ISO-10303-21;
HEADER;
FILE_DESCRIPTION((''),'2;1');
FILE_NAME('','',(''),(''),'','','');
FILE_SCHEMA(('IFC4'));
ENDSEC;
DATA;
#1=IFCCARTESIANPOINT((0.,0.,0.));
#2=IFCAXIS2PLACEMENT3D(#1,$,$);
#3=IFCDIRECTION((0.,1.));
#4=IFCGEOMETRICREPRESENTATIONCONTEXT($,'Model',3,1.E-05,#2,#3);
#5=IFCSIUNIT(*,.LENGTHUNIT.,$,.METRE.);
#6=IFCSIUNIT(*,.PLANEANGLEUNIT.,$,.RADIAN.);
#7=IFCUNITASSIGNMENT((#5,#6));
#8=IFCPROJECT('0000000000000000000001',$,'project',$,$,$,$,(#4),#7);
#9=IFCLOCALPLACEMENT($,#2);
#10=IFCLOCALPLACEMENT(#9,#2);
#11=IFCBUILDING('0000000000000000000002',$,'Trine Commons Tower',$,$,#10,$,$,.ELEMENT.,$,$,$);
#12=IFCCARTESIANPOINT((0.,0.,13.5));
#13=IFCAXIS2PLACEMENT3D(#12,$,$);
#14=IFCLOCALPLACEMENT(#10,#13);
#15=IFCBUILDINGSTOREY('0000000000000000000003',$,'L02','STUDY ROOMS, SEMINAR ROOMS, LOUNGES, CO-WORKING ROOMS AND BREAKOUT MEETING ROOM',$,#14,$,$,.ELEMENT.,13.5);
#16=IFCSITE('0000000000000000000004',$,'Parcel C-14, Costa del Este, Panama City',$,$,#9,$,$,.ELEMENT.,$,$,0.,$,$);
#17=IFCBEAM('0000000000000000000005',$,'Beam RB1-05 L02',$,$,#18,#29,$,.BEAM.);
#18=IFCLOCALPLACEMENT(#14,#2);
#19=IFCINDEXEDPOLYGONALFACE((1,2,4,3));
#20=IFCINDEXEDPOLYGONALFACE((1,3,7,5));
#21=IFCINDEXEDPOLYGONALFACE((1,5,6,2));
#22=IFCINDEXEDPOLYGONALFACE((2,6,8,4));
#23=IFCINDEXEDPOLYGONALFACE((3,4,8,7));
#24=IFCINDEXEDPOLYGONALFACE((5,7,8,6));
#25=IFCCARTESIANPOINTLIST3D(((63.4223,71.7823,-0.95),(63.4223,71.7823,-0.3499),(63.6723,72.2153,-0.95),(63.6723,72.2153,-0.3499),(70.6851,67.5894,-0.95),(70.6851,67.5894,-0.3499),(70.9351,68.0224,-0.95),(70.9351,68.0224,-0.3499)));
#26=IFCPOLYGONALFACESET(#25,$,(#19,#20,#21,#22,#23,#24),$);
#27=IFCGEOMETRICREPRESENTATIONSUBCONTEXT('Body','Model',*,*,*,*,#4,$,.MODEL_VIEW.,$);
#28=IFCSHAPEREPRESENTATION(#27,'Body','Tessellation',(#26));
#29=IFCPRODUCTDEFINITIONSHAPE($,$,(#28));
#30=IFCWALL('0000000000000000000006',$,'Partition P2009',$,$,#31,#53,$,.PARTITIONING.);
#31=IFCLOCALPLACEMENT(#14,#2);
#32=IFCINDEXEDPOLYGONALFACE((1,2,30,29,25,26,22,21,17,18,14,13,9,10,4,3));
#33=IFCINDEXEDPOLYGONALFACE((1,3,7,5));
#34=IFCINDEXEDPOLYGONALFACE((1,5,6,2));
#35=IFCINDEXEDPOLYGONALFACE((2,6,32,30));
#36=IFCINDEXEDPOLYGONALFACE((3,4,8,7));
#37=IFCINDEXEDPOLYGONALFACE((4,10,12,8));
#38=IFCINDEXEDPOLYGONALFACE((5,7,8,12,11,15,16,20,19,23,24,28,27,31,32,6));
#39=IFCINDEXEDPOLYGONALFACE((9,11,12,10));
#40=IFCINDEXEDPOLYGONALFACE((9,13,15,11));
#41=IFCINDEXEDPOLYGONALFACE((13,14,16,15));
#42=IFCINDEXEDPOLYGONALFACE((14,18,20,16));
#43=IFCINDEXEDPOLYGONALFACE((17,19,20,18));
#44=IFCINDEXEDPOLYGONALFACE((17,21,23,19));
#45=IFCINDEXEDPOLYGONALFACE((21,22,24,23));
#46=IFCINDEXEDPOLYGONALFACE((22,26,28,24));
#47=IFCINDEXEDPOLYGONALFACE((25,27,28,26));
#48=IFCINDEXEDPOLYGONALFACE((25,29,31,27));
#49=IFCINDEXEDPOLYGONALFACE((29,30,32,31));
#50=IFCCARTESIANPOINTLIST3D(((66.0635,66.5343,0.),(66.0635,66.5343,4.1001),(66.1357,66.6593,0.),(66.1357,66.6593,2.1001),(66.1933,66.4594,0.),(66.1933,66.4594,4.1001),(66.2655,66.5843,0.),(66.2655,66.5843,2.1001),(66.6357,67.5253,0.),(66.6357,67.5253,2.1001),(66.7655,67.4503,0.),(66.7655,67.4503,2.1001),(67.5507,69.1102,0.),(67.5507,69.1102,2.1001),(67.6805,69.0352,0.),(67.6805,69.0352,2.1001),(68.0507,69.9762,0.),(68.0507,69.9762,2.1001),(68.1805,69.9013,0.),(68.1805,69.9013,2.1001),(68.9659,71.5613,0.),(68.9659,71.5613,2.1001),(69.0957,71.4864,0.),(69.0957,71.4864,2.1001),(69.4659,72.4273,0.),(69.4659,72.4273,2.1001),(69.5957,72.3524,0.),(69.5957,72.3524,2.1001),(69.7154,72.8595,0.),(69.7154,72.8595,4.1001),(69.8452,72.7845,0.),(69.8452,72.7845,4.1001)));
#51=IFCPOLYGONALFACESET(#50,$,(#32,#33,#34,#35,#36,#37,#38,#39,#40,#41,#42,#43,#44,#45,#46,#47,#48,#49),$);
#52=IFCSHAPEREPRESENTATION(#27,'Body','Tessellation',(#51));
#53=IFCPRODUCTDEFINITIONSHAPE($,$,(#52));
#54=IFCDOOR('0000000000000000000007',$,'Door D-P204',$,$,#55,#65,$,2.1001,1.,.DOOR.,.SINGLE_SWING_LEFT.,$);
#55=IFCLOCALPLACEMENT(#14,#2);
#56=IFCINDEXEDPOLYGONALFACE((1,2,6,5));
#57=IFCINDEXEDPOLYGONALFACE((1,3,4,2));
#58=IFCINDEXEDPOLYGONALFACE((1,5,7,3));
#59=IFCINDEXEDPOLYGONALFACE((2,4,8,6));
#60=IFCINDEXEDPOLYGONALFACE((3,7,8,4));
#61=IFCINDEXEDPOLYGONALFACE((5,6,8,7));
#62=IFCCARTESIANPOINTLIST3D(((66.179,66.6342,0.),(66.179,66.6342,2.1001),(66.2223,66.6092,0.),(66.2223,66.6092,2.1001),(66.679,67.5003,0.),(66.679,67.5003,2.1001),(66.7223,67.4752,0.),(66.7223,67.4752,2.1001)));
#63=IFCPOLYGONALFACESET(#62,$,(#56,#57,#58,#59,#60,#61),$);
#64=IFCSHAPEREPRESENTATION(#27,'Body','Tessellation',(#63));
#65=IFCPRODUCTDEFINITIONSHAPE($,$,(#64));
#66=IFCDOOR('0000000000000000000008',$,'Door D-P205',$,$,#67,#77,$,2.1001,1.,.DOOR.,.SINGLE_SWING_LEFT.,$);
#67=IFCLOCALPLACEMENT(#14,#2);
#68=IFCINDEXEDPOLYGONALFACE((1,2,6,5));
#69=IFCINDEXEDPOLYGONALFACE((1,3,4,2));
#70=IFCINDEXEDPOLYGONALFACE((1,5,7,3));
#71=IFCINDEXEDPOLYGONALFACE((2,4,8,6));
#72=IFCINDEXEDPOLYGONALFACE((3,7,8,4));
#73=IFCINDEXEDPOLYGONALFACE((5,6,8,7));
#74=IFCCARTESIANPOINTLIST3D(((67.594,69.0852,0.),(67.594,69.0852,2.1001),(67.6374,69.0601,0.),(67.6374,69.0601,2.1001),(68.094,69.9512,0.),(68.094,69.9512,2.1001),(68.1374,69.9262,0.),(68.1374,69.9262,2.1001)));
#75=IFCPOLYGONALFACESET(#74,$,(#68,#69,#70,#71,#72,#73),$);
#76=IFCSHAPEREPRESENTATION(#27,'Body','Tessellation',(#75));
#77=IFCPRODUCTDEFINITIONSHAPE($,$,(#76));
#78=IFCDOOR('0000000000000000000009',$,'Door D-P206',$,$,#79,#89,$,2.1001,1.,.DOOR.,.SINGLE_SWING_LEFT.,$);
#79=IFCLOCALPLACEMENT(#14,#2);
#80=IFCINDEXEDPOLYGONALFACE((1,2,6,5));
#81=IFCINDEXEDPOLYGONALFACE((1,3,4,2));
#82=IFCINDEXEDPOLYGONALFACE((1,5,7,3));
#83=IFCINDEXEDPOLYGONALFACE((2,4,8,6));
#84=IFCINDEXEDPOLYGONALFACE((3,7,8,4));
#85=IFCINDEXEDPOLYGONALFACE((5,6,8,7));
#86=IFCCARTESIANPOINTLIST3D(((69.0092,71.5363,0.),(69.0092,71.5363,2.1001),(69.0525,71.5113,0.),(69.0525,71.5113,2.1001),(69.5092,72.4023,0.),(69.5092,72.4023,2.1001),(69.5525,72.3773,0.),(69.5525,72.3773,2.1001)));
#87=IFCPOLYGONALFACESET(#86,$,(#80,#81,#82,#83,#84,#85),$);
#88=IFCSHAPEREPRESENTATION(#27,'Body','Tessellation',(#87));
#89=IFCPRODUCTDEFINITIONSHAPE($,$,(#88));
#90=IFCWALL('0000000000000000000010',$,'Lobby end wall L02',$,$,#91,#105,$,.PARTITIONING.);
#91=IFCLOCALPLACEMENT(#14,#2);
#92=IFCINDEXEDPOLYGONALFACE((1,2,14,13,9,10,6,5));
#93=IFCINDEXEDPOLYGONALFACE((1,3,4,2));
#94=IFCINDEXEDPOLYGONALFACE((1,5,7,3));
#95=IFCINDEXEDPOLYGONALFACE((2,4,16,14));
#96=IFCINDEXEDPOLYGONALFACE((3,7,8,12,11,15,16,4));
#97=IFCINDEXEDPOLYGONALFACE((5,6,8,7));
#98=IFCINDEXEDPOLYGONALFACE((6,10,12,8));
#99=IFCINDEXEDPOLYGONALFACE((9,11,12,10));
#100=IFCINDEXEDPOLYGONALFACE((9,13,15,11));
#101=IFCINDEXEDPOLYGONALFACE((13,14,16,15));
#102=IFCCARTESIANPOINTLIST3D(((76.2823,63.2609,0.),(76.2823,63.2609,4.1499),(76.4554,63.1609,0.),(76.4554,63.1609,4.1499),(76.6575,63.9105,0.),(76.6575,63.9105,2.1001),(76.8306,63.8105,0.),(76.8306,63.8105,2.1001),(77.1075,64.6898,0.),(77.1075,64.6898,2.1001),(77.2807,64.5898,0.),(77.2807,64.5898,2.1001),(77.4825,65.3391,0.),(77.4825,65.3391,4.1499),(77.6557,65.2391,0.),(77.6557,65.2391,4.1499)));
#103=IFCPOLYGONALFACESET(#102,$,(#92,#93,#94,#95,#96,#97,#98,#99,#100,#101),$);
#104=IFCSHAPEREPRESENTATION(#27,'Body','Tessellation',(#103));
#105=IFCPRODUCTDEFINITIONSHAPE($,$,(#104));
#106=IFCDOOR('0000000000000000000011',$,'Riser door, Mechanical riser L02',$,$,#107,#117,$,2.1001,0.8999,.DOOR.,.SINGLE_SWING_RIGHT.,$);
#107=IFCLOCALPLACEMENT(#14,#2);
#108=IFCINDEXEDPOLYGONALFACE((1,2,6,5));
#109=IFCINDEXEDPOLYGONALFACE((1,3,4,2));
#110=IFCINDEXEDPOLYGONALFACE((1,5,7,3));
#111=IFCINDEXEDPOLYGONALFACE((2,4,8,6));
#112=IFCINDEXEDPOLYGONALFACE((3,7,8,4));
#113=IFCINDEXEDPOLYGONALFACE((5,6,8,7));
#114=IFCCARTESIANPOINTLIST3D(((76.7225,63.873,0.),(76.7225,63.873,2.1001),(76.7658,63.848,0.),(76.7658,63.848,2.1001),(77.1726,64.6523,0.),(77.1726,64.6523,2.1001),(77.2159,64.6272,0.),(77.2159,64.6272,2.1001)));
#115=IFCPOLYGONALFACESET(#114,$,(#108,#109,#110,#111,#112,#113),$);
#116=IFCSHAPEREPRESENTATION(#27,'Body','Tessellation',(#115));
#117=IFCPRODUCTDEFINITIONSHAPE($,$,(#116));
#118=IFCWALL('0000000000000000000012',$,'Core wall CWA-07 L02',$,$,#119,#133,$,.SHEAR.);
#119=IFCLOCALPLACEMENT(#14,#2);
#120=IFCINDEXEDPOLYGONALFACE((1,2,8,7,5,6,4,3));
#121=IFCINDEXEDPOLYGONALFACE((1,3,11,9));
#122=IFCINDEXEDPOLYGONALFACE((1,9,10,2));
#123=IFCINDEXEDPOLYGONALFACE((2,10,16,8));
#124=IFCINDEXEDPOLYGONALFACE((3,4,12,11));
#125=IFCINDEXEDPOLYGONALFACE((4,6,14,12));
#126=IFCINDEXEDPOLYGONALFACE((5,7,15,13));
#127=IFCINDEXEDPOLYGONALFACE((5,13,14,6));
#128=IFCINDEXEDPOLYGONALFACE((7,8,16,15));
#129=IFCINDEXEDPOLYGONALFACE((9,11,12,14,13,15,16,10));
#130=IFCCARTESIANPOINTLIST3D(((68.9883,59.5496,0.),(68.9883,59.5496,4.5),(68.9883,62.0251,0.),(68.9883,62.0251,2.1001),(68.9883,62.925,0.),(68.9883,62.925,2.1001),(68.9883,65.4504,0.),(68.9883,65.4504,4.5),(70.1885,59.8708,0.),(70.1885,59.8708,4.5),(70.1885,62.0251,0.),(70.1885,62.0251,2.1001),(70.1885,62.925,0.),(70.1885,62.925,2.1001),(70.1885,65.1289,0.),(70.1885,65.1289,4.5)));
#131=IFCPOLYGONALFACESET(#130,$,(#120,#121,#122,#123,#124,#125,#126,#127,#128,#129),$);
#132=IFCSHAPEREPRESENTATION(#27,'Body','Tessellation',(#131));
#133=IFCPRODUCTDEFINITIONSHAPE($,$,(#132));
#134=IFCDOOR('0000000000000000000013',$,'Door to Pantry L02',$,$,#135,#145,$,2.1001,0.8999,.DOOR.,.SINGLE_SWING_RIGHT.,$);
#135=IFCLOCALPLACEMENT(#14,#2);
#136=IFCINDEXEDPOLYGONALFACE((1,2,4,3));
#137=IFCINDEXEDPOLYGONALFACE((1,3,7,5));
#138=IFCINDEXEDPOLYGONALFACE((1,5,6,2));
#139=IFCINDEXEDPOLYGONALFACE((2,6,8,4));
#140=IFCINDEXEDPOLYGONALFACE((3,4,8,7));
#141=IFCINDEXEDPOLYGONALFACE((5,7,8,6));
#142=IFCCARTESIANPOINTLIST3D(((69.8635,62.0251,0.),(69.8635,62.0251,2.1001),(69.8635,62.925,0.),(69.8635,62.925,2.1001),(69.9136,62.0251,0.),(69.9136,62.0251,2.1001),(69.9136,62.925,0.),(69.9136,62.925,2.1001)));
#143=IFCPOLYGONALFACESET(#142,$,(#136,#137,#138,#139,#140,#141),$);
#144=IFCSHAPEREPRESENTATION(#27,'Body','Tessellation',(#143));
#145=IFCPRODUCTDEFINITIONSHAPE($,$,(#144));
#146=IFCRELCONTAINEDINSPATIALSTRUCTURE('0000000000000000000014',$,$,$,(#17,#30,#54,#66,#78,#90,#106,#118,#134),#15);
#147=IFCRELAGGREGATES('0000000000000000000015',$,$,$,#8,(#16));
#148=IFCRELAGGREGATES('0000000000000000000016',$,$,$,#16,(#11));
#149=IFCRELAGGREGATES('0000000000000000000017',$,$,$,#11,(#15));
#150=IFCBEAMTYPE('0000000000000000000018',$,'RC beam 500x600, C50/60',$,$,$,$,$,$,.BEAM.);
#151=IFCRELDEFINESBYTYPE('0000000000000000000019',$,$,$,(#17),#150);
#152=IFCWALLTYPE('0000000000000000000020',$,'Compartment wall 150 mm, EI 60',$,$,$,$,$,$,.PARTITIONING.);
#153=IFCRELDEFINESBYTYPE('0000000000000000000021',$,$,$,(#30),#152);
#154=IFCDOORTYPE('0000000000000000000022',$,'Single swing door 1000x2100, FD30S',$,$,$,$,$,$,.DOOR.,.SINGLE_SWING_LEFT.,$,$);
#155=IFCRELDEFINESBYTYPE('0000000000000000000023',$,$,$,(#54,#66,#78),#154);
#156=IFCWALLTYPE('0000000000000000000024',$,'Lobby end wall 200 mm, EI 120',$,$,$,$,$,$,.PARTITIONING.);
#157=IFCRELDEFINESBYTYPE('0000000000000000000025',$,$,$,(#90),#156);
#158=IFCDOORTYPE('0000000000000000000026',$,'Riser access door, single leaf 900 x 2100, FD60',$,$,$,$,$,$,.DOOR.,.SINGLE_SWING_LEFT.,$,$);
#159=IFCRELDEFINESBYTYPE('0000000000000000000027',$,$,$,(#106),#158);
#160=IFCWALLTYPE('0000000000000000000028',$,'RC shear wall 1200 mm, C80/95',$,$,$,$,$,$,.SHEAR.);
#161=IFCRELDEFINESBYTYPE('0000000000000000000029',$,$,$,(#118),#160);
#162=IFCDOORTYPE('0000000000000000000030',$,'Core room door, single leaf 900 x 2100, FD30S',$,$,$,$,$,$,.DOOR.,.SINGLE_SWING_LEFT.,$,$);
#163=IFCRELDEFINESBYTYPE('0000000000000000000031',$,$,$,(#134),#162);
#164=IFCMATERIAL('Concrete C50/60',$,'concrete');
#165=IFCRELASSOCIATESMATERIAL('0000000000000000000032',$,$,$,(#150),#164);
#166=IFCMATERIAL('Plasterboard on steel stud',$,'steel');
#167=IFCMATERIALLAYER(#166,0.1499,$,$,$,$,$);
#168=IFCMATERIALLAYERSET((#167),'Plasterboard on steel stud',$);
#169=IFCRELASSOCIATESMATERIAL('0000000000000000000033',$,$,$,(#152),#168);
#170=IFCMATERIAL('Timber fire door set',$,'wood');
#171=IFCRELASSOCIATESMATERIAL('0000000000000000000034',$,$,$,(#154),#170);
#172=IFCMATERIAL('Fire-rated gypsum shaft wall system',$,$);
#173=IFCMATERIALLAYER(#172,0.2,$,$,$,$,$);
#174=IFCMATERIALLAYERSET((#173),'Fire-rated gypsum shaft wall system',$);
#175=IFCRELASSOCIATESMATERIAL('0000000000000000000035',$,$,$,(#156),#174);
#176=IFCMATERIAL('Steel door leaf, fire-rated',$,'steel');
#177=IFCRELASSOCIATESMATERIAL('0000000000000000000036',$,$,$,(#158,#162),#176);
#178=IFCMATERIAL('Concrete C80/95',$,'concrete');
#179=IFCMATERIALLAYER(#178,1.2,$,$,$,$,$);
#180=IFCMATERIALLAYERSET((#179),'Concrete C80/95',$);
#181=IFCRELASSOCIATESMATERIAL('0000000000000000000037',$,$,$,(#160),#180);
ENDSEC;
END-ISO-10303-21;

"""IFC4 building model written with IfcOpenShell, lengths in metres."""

from ifc_helpers import new_model, si_unit, direction, frame, frame_2d, origin, origin_2d, place, context, subcontext, project, spatial, polyline, rectangle, outline, extrude, material, layer, layer_set, material_profile, profile_set, type_object, element, fill, save


model = new_model("IFC4")

# Units and contexts
model_context = context("Model", 3, precision=1e-05, world=origin(), true_north=direction((0.0, 1.0)))
body_context = subcontext(model_context, "Body", "Model", "MODEL_VIEW")
ifc_project = project(units=[si_unit("LENGTHUNIT", "METRE"), si_unit("PLANEANGLEUNIT", "RADIAN")], contexts=[model_context])

# Site, building, storey
site_placement = place(None, origin())
site = spatial("IfcSite", under=ifc_project, at=site_placement, Name="Parcel C-14, Costa del Este, Panama City", CompositionType="ELEMENT", RefElevation=0.0)
building_placement = place(site_placement, origin())
building = spatial("IfcBuilding", under=site, at=building_placement, Name="Trine Commons Tower", CompositionType="ELEMENT")
storey_placement = place(building_placement, frame((0.0, 0.0, 13.5)))
storey = spatial("IfcBuildingStorey", under=building, at=storey_placement, Name="L02", Description="STUDY ROOMS, SEMINAR ROOMS, LOUNGES, CO-WORKING ROOMS AND BREAKOUT MEETING ROOM", CompositionType="ELEMENT", Elevation=13.5)

# Beam
ifc_material_1 = material(Name="Concrete C50/60", Category="concrete")
ifc_material_profile = material_profile(ifc_material_1, rectangle(XDim=0.5, YDim=0.6001, at=origin_2d()), Name="RC 500x600")
ifc_profile_set = profile_set([ifc_material_profile], Name="Concrete C50/60")
beam_type = type_object("IfcBeamType", Name="RC beam 500x600, C50/60", PredefinedType="BEAM", material=ifc_profile_set)
beam_placement = place(storey_placement, frame((70.8101, 67.8059, -0.6499), z_axis=(-0.866038, 0.499978, 0.0), x_axis=(-0.499978, -0.866038, 0.0)))
element("IfcBeam", 1, at=beam_placement, inside=storey, type_object=beam_type, Name="Beam RB1-05 L02", PredefinedType="BEAM", context=body_context, shape_type="SweptSolid", body=[
    extrude(rectangle(XDim=0.5, YDim=0.6001, at=origin_2d()), origin(), (0.0, 0.0, 1.0), 8.3862),
])

# Wall, openings, doors
ifc_material_2 = material(Name="Plasterboard on steel stud", Category="steel")
ifc_layer_1 = layer(ifc_material_2, 0.1499)
ifc_layer_set_1 = layer_set([ifc_layer_1], Name="Plasterboard on steel stud")
wall_type_1 = type_object("IfcWallType", Name="Compartment wall 150 mm, EI 60", PredefinedType="PARTITIONING", material=ifc_layer_set_1)
wall_1_placement = place(storey_placement, frame((66.1284, 66.4968, 0.0), z_axis=(0.0, 0.0, 1.0), x_axis=(0.5, 0.866025, 0.0)))
wall_1 = element("IfcWall", 2, at=wall_1_placement, inside=storey, type_object=wall_type_1, Name="Partition P2009", PredefinedType="PARTITIONING", context=body_context, shape_type="SweptSolid", body=[
    extrude(rectangle(XDim=7.3037, YDim=0.1499, at=frame_2d((3.6519, 0.0))), origin(), (0.0, 0.0, 1.0), 4.1001),
])
opening_1_placement = place(wall_1_placement, frame((0.1443, 0.0, 0.0)))
opening_1 = element("IfcOpeningElement", 3, at=opening_1_placement, cuts=wall_1, PredefinedType="OPENING", context=body_context, shape_type="SweptSolid", body=[
    extrude(rectangle(XDim=1.0, YDim=2.1001, at=frame_2d((0.5, 1.05))), frame((0.0, 0.085, 0.0), z_axis=(0.0, -1.0, 0.0), x_axis=(1.0, 0.0, 0.0)), (0.0, 0.0, 1.0), 0.1699),
])
opening_2_placement = place(wall_1_placement, frame((2.9744, 0.0, 0.0)))
opening_2 = element("IfcOpeningElement", 4, at=opening_2_placement, cuts=wall_1, PredefinedType="OPENING", context=body_context, shape_type="SweptSolid", body=[
    extrude(rectangle(XDim=1.0, YDim=2.1001, at=frame_2d((0.5, 1.05))), frame((0.0, 0.085, 0.0), z_axis=(0.0, -1.0, 0.0), x_axis=(1.0, 0.0, 0.0)), (0.0, 0.0, 1.0), 0.1699),
])
opening_3_placement = place(wall_1_placement, frame((5.8047, 0.0, 0.0)))
opening_3 = element("IfcOpeningElement", 5, at=opening_3_placement, cuts=wall_1, PredefinedType="OPENING", context=body_context, shape_type="SweptSolid", body=[
    extrude(rectangle(XDim=1.0, YDim=2.1001, at=frame_2d((0.5, 1.05))), frame((0.0, 0.085, 0.0), z_axis=(0.0, -1.0, 0.0), x_axis=(1.0, 0.0, 0.0)), (0.0, 0.0, 1.0), 0.1699),
])
ifc_material_3 = material(Name="Timber fire door set", Category="wood")
door_type_1 = type_object("IfcDoorType", Name="Single swing door 1000x2100, FD30S", OperationType="SINGLE_SWING_LEFT", PredefinedType="DOOR", material=ifc_material_3)
door_1_placement = place(opening_1_placement, origin())
door_1 = element("IfcDoor", 6, at=door_1_placement, inside=storey, type_object=door_type_1, Name="Door D-P204", OperationType="SINGLE_SWING_LEFT", OverallHeight=2.1001, OverallWidth=1.0, PredefinedType="DOOR", context=body_context, shape_type="SweptSolid", body=[
    extrude(rectangle(XDim=1.0, YDim=2.1001, at=frame_2d((0.5, 1.05))), frame((0.0, 0.0249, 0.0), z_axis=(0.0, -1.0, 0.0), x_axis=(1.0, 0.0, 0.0)), (0.0, 0.0, 1.0), 0.05),
])
fill(opening_1, door_1)
door_2_placement = place(opening_2_placement, origin())
door_2 = element("IfcDoor", 7, at=door_2_placement, inside=storey, type_object=door_type_1, Name="Door D-P205", OperationType="SINGLE_SWING_LEFT", OverallHeight=2.1001, OverallWidth=1.0, PredefinedType="DOOR", context=body_context, shape_type="SweptSolid", body=[
    extrude(rectangle(XDim=1.0, YDim=2.1001, at=frame_2d((0.5, 1.05))), frame((0.0, 0.0249, 0.0), z_axis=(0.0, -1.0, 0.0), x_axis=(1.0, 0.0, 0.0)), (0.0, 0.0, 1.0), 0.05),
])
fill(opening_2, door_2)
door_3_placement = place(opening_3_placement, origin())
door_3 = element("IfcDoor", 8, at=door_3_placement, inside=storey, type_object=door_type_1, Name="Door D-P206", OperationType="SINGLE_SWING_LEFT", OverallHeight=2.1001, OverallWidth=1.0, PredefinedType="DOOR", context=body_context, shape_type="SweptSolid", body=[
    extrude(rectangle(XDim=1.0, YDim=2.1001, at=frame_2d((0.5, 1.05))), frame((0.0, 0.0249, 0.0), z_axis=(0.0, -1.0, 0.0), x_axis=(1.0, 0.0, 0.0)), (0.0, 0.0, 1.0), 0.05),
])
fill(opening_3, door_3)

# Walls, openings, doors
ifc_material_4 = material(Name="Fire-rated gypsum shaft wall system")
ifc_layer_2 = layer(ifc_material_4, 0.2)
ifc_layer_set_2 = layer_set([ifc_layer_2], Name="Fire-rated gypsum shaft wall system")
wall_type_2 = type_object("IfcWallType", Name="Lobby end wall 200 mm, EI 120", PredefinedType="PARTITIONING", material=ifc_layer_set_2)
wall_2_placement = place(storey_placement, frame((77.5691, 65.2891, 0.0), z_axis=(0.0, 0.0, 1.0), x_axis=(-0.500122, -0.865955, 0.0)))
wall_2 = element("IfcWall", 9, at=wall_2_placement, inside=storey, type_object=wall_type_2, Name="Lobby end wall L02", PredefinedType="PARTITIONING", context=body_context, shape_type="SweptSolid", body=[
    extrude(rectangle(XDim=2.3999, YDim=0.2, at=frame_2d((1.2, 0.0))), origin(), (0.0, 0.0, 1.0), 4.1499),
])
opening_4_placement = place(wall_2_placement, frame((0.7498, 0.0, 0.0)))
opening_4 = element("IfcOpeningElement", 10, at=opening_4_placement, cuts=wall_2, PredefinedType="OPENING", context=body_context, shape_type="SweptSolid", body=[
    extrude(rectangle(XDim=0.8999, YDim=2.1001, at=frame_2d((0.45, 1.05))), frame((0.0, 0.1099, 0.0), z_axis=(0.0, -1.0, 0.0), x_axis=(1.0, 0.0, 0.0)), (0.0, 0.0, 1.0), 0.22),
])
ifc_material_5 = material(Name="Steel door leaf, fire-rated", Category="steel")
door_type_2 = type_object("IfcDoorType", Name="Riser access door, single leaf 900 x 2100, FD60", OperationType="SINGLE_SWING_LEFT", PredefinedType="DOOR", material=ifc_material_5)
door_4_placement = place(opening_4_placement, frame((0.8999, 0.0, 0.0), z_axis=(0.0, 0.0, 1.0), x_axis=(-1.0, 0.0, 0.0)))
door_4 = element("IfcDoor", 11, at=door_4_placement, inside=storey, type_object=door_type_2, Name="Riser door, Mechanical riser L02", OperationType="SINGLE_SWING_RIGHT", OverallHeight=2.1001, OverallWidth=0.8999, PredefinedType="DOOR", context=body_context, shape_type="SweptSolid", body=[
    extrude(rectangle(XDim=0.8999, YDim=2.1001, at=frame_2d((0.45, 1.05))), frame((0.0, 0.0249, 0.0), z_axis=(0.0, -1.0, 0.0), x_axis=(1.0, 0.0, 0.0)), (0.0, 0.0, 1.0), 0.05),
])
fill(opening_4, door_4)
ifc_material_6 = material(Name="Concrete C80/95", Category="concrete")
ifc_layer_3 = layer(ifc_material_6, 1.2)
ifc_layer_set_3 = layer_set([ifc_layer_3], Name="Concrete C80/95")
wall_type_3 = type_object("IfcWallType", Name="RC shear wall 1200 mm, C80/95", PredefinedType="SHEAR", material=ifc_layer_set_3)
wall_3_placement = place(storey_placement, frame((69.5884, 65.4504, 0.0), z_axis=(0.0, 0.0, 1.0), x_axis=(0.0, -1.0, 0.0)))
wall_3 = element("IfcWall", 12, at=wall_3_placement, inside=storey, type_object=wall_type_3, Name="Core wall CWA-07 L02", PredefinedType="SHEAR", context=body_context, shape_type="SweptSolid", body=[
    extrude(outline(polyline([(0.0, -0.6001), (5.9009, -0.6001), (5.5796, 0.6001), (0.3215, 0.6001), (0.0, -0.6001)])), origin(), (0.0, 0.0, 1.0), 4.5),
])
opening_5_placement = place(wall_3_placement, frame((2.5254, 0.0, 0.0)))
opening_5 = element("IfcOpeningElement", 13, at=opening_5_placement, cuts=wall_3, PredefinedType="OPENING", context=body_context, shape_type="SweptSolid", body=[
    extrude(rectangle(XDim=0.8999, YDim=2.1001, at=frame_2d((0.45, 1.05))), frame((0.0, 0.6099, 0.0), z_axis=(0.0, -1.0, 0.0), x_axis=(1.0, 0.0, 0.0)), (0.0, 0.0, 1.0), 1.22),
])
door_type_3 = type_object("IfcDoorType", Name="Core room door, single leaf 900 x 2100, FD30S", OperationType="SINGLE_SWING_LEFT", PredefinedType="DOOR", material=ifc_material_5)
door_5_placement = place(opening_5_placement, origin())
door_5 = element("IfcDoor", 14, at=door_5_placement, inside=storey, type_object=door_type_3, Name="Door to Pantry L02", OperationType="SINGLE_SWING_RIGHT", OverallHeight=2.1001, OverallWidth=0.8999, PredefinedType="DOOR", context=body_context, shape_type="SweptSolid", body=[
    extrude(rectangle(XDim=0.8999, YDim=2.1001, at=frame_2d((0.45, 1.05))), frame((0.0, 0.3252, 0.0), z_axis=(0.0, -1.0, 0.0), x_axis=(1.0, 0.0, 0.0)), (0.0, 0.0, 1.0), 0.05),
])
fill(opening_5, door_5)

save(model, "model.ifc")
